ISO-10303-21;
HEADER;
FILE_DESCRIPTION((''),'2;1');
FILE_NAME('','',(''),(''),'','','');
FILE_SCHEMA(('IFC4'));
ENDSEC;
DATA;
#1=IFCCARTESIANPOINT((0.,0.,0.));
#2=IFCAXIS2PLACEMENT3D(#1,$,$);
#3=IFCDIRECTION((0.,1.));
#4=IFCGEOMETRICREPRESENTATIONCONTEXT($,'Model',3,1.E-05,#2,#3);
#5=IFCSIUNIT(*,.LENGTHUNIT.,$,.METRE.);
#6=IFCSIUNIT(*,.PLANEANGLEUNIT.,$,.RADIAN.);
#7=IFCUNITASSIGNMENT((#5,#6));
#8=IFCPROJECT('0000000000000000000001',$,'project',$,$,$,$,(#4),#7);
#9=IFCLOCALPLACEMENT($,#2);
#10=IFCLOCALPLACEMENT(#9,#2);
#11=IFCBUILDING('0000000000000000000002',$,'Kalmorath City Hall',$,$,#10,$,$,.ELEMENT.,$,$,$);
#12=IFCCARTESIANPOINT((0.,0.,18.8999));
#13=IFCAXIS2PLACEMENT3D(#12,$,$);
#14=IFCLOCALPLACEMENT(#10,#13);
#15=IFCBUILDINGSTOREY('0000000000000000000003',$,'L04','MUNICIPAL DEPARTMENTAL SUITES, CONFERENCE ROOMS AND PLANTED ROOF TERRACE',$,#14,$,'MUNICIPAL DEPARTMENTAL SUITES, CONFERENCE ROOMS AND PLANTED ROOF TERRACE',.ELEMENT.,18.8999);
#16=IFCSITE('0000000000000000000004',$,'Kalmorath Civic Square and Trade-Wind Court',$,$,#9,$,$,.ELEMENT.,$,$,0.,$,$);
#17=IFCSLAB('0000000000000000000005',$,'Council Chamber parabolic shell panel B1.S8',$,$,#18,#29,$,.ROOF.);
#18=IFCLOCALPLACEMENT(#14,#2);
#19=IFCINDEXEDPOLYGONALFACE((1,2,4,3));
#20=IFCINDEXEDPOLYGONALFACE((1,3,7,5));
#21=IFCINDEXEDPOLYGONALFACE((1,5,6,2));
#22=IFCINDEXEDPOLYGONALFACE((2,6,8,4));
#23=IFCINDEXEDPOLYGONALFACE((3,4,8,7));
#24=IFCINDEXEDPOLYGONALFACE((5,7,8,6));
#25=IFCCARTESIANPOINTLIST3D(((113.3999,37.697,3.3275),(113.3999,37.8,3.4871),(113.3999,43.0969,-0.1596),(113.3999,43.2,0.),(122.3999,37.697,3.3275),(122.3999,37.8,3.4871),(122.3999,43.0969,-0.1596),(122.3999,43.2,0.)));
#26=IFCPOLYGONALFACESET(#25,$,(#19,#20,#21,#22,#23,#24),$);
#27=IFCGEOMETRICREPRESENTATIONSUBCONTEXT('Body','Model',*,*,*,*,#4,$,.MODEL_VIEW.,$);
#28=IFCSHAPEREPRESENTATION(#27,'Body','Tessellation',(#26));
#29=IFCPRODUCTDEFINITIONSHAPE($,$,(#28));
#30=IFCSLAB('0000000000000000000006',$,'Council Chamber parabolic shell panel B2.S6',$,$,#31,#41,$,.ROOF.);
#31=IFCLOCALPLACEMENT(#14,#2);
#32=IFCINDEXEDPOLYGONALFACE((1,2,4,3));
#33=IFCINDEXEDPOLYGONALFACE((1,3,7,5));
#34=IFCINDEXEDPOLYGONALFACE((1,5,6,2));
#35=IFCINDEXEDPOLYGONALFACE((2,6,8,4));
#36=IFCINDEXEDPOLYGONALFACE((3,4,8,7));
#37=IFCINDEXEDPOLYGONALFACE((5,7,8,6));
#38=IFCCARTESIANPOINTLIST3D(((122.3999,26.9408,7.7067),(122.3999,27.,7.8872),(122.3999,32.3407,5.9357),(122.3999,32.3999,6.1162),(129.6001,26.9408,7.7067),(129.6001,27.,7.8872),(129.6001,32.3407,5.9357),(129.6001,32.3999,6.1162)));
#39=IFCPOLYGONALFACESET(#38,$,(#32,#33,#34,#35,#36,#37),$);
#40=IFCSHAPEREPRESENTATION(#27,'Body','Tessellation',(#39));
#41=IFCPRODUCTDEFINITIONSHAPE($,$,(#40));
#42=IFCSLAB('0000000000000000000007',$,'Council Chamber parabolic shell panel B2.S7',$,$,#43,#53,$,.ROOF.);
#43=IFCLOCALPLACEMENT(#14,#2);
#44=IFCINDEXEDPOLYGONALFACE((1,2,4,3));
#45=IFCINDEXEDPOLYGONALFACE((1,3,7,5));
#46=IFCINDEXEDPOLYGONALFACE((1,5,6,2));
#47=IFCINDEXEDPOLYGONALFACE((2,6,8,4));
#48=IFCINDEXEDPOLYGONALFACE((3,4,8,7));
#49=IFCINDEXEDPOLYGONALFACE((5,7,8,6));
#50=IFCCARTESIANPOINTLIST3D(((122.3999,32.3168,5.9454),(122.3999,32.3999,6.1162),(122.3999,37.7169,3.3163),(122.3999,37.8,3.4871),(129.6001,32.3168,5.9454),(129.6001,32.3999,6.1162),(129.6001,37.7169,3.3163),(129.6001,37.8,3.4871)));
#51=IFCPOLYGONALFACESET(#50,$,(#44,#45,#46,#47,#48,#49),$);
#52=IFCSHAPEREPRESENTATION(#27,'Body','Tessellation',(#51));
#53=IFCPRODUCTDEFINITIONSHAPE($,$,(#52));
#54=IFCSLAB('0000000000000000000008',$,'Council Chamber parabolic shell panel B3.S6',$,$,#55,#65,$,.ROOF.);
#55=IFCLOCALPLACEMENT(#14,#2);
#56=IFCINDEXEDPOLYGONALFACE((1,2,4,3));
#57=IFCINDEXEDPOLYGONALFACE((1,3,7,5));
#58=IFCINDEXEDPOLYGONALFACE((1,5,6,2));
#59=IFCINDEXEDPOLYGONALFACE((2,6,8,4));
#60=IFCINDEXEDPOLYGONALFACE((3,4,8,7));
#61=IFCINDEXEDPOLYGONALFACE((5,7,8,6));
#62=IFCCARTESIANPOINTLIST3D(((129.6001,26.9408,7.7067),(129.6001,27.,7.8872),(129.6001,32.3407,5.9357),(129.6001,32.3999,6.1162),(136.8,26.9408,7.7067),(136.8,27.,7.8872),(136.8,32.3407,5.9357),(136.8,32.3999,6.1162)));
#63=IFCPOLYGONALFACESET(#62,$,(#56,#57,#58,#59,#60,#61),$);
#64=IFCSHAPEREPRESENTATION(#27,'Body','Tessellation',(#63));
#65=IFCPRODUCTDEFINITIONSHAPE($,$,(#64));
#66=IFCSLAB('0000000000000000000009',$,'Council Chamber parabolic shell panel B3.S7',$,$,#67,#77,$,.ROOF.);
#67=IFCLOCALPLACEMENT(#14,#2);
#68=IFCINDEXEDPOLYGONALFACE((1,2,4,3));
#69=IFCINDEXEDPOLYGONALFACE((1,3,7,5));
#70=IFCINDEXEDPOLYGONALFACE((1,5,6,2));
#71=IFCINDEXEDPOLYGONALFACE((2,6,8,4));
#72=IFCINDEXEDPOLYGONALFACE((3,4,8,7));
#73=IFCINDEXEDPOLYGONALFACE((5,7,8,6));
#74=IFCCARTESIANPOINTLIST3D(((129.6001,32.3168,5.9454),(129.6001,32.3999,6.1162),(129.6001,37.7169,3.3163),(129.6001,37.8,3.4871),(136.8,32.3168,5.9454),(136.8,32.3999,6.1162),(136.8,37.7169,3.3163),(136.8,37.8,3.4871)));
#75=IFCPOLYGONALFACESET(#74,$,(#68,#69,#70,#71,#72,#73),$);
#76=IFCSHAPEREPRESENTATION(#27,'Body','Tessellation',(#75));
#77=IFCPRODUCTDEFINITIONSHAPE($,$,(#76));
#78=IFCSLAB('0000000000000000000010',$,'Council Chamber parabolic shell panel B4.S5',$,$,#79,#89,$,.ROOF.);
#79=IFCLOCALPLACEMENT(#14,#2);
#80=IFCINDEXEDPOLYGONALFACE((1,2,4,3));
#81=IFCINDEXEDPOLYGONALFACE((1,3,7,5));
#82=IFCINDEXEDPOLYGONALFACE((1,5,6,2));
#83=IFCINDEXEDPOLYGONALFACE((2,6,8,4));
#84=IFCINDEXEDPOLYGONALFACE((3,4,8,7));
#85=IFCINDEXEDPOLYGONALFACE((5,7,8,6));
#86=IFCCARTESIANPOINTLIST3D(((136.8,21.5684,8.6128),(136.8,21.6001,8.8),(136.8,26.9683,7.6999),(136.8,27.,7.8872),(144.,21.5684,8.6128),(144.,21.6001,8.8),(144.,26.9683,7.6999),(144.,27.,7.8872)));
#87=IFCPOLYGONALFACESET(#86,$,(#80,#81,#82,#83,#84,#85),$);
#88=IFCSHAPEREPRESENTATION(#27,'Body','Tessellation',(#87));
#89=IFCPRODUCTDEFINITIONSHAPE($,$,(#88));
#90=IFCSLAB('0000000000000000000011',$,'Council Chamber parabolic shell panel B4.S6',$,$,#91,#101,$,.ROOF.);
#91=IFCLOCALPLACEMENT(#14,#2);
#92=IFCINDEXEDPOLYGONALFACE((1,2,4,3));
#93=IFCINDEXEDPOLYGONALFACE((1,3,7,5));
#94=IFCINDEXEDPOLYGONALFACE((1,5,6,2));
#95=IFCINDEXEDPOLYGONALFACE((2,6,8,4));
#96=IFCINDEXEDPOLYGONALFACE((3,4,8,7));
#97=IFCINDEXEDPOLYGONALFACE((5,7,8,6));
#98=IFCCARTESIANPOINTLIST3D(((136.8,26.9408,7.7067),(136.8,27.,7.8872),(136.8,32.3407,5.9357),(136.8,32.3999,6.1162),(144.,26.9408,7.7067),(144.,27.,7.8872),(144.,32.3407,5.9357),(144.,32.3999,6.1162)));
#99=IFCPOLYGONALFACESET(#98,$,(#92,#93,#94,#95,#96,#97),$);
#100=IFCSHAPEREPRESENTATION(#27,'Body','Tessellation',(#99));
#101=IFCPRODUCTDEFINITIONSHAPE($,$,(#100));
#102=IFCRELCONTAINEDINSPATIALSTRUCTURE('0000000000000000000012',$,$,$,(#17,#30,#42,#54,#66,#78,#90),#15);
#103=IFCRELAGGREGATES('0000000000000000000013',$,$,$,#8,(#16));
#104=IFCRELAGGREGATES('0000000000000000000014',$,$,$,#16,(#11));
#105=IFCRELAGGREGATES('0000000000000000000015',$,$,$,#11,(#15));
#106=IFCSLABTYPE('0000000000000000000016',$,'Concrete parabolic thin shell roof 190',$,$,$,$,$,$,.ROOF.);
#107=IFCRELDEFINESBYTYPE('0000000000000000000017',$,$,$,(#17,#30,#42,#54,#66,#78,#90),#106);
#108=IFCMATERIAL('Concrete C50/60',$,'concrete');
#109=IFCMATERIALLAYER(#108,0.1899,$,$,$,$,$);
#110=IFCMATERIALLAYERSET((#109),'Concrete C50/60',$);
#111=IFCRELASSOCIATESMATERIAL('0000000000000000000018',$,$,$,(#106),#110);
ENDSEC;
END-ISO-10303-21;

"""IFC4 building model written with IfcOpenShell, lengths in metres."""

from ifc_helpers import new_model, si_unit, direction, frame, origin, place, context, subcontext, project, spatial, polyline, outline, extrude, material, layer, layer_set, type_object, element, save


model = new_model("IFC4")

# Units and contexts
model_context = context("Model", 3, precision=1e-05, world=origin(), true_north=direction((0.0, 1.0)))
body_context = subcontext(model_context, "Body", "Model", "MODEL_VIEW")
ifc_project = project(units=[si_unit("LENGTHUNIT", "METRE"), si_unit("PLANEANGLEUNIT", "RADIAN")], contexts=[model_context])

# Site, building, storey
site_placement = place(None, origin())
site = spatial("IfcSite", under=ifc_project, at=site_placement, Name="Kalmorath Civic Square and Trade-Wind Court", CompositionType="ELEMENT", RefElevation=0.0)
building_placement = place(site_placement, origin())
building = spatial("IfcBuilding", under=site, at=building_placement, Name="Kalmorath City Hall", CompositionType="ELEMENT")
storey_placement = place(building_placement, frame((0.0, 0.0, 18.8999)))
storey = spatial("IfcBuildingStorey", under=building, at=storey_placement, Name="L04", Description="MUNICIPAL DEPARTMENTAL SUITES, CONFERENCE ROOMS AND PLANTED ROOF TERRACE", LongName="MUNICIPAL DEPARTMENTAL SUITES, CONFERENCE ROOMS AND PLANTED ROOF TERRACE", CompositionType="ELEMENT", Elevation=18.8999)

# Slabs
ifc_material_1 = material(Name="Concrete C50/60", Category="concrete")
ifc_layer = layer(ifc_material_1, 0.1899)
ifc_layer_set = layer_set([ifc_layer], Name="Concrete C50/60")
slab_type = type_object("IfcSlabType", Name="Concrete parabolic thin shell roof 190", PredefinedType="ROOF", material=ifc_layer_set)
slab_1_placement = place(storey_placement, frame((113.3999, 37.8, 3.4871), z_axis=(0.0, 0.542484, 0.840066), x_axis=(1.0, 0.0, 0.0)))
element("IfcSlab", 1, at=slab_1_placement, inside=storey, type_object=slab_type, Name="Council Chamber parabolic shell panel B1.S8", PredefinedType="ROOF", context=body_context, shape_type="SweptSolid", body=[
    extrude(outline(polyline([(0.0, 0.0), (9.0, 0.0), (9.0, 6.4279), (0.0, 6.4279), (0.0, 0.0)])), origin(), (0.0, 0.0, -1.0), 0.1899),
])
slab_2_placement = place(storey_placement, frame((122.3999, 27.0, 7.8872), z_axis=(0.0, 0.311636, 0.950202), x_axis=(1.0, 0.0, 0.0)))
element("IfcSlab", 2, at=slab_2_placement, inside=storey, type_object=slab_type, Name="Council Chamber parabolic shell panel B2.S6", PredefinedType="ROOF", context=body_context, shape_type="SweptSolid", body=[
    extrude(outline(polyline([(0.0, 0.0), (7.2002, 0.0), (7.2002, 5.6829), (0.0, 5.6829), (0.0, 0.0)])), origin(), (0.0, 0.0, -1.0), 0.1899),
])
slab_3_placement = place(storey_placement, frame((122.3999, 32.3999, 6.1162), z_axis=(0.0, 0.437742, 0.899101), x_axis=(1.0, 0.0, 0.0)))
element("IfcSlab", 3, at=slab_3_placement, inside=storey, type_object=slab_type, Name="Council Chamber parabolic shell panel B2.S7", PredefinedType="ROOF", context=body_context, shape_type="SweptSolid", body=[
    extrude(outline(polyline([(0.0, 0.0), (7.2002, 0.0), (7.2002, 6.0062), (0.0, 6.0062), (0.0, 0.0)])), origin(), (0.0, 0.0, -1.0), 0.1899),
])
slab_4_placement = place(storey_placement, frame((129.6001, 27.0, 7.8872), z_axis=(0.0, 0.311636, 0.950202), x_axis=(1.0, 0.0, 0.0)))
element("IfcSlab", 4, at=slab_4_placement, inside=storey, type_object=slab_type, Name="Council Chamber parabolic shell panel B3.S6", PredefinedType="ROOF", context=body_context, shape_type="SweptSolid", body=[
    extrude(outline(polyline([(0.0, 0.0), (7.2, 0.0), (7.2, 5.6829), (0.0, 5.6829), (0.0, 0.0)])), origin(), (0.0, 0.0, -1.0), 0.1899),
])
slab_5_placement = place(storey_placement, frame((129.6001, 32.3999, 6.1162), z_axis=(0.0, 0.437742, 0.899101), x_axis=(1.0, 0.0, 0.0)))
element("IfcSlab", 5, at=slab_5_placement, inside=storey, type_object=slab_type, Name="Council Chamber parabolic shell panel B3.S7", PredefinedType="ROOF", context=body_context, shape_type="SweptSolid", body=[
    extrude(outline(polyline([(0.0, 0.0), (7.2, 0.0), (7.2, 6.0062), (0.0, 6.0062), (0.0, 0.0)])), origin(), (0.0, 0.0, -1.0), 0.1899),
])
slab_6_placement = place(storey_placement, frame((136.8, 21.6001, 8.8), z_axis=(0.0, 0.166683, 0.986011), x_axis=(1.0, 0.0, 0.0)))
element("IfcSlab", 6, at=slab_6_placement, inside=storey, type_object=slab_type, Name="Council Chamber parabolic shell panel B4.S5", PredefinedType="ROOF", context=body_context, shape_type="SweptSolid", body=[
    extrude(outline(polyline([(0.0, 0.0), (7.2, 0.0), (7.2, 5.4765), (0.0, 5.4765), (0.0, 0.0)])), origin(), (0.0, 0.0, -1.0), 0.1899),
])
slab_7_placement = place(storey_placement, frame((136.8, 27.0, 7.8872), z_axis=(0.0, 0.311636, 0.950202), x_axis=(1.0, 0.0, 0.0)))
element("IfcSlab", 7, at=slab_7_placement, inside=storey, type_object=slab_type, Name="Council Chamber parabolic shell panel B4.S6", PredefinedType="ROOF", context=body_context, shape_type="SweptSolid", body=[
    extrude(outline(polyline([(0.0, 0.0), (7.2, 0.0), (7.2, 5.6829), (0.0, 5.6829), (0.0, 0.0)])), origin(), (0.0, 0.0, -1.0), 0.1899),
])

save(model, "model.ifc")
